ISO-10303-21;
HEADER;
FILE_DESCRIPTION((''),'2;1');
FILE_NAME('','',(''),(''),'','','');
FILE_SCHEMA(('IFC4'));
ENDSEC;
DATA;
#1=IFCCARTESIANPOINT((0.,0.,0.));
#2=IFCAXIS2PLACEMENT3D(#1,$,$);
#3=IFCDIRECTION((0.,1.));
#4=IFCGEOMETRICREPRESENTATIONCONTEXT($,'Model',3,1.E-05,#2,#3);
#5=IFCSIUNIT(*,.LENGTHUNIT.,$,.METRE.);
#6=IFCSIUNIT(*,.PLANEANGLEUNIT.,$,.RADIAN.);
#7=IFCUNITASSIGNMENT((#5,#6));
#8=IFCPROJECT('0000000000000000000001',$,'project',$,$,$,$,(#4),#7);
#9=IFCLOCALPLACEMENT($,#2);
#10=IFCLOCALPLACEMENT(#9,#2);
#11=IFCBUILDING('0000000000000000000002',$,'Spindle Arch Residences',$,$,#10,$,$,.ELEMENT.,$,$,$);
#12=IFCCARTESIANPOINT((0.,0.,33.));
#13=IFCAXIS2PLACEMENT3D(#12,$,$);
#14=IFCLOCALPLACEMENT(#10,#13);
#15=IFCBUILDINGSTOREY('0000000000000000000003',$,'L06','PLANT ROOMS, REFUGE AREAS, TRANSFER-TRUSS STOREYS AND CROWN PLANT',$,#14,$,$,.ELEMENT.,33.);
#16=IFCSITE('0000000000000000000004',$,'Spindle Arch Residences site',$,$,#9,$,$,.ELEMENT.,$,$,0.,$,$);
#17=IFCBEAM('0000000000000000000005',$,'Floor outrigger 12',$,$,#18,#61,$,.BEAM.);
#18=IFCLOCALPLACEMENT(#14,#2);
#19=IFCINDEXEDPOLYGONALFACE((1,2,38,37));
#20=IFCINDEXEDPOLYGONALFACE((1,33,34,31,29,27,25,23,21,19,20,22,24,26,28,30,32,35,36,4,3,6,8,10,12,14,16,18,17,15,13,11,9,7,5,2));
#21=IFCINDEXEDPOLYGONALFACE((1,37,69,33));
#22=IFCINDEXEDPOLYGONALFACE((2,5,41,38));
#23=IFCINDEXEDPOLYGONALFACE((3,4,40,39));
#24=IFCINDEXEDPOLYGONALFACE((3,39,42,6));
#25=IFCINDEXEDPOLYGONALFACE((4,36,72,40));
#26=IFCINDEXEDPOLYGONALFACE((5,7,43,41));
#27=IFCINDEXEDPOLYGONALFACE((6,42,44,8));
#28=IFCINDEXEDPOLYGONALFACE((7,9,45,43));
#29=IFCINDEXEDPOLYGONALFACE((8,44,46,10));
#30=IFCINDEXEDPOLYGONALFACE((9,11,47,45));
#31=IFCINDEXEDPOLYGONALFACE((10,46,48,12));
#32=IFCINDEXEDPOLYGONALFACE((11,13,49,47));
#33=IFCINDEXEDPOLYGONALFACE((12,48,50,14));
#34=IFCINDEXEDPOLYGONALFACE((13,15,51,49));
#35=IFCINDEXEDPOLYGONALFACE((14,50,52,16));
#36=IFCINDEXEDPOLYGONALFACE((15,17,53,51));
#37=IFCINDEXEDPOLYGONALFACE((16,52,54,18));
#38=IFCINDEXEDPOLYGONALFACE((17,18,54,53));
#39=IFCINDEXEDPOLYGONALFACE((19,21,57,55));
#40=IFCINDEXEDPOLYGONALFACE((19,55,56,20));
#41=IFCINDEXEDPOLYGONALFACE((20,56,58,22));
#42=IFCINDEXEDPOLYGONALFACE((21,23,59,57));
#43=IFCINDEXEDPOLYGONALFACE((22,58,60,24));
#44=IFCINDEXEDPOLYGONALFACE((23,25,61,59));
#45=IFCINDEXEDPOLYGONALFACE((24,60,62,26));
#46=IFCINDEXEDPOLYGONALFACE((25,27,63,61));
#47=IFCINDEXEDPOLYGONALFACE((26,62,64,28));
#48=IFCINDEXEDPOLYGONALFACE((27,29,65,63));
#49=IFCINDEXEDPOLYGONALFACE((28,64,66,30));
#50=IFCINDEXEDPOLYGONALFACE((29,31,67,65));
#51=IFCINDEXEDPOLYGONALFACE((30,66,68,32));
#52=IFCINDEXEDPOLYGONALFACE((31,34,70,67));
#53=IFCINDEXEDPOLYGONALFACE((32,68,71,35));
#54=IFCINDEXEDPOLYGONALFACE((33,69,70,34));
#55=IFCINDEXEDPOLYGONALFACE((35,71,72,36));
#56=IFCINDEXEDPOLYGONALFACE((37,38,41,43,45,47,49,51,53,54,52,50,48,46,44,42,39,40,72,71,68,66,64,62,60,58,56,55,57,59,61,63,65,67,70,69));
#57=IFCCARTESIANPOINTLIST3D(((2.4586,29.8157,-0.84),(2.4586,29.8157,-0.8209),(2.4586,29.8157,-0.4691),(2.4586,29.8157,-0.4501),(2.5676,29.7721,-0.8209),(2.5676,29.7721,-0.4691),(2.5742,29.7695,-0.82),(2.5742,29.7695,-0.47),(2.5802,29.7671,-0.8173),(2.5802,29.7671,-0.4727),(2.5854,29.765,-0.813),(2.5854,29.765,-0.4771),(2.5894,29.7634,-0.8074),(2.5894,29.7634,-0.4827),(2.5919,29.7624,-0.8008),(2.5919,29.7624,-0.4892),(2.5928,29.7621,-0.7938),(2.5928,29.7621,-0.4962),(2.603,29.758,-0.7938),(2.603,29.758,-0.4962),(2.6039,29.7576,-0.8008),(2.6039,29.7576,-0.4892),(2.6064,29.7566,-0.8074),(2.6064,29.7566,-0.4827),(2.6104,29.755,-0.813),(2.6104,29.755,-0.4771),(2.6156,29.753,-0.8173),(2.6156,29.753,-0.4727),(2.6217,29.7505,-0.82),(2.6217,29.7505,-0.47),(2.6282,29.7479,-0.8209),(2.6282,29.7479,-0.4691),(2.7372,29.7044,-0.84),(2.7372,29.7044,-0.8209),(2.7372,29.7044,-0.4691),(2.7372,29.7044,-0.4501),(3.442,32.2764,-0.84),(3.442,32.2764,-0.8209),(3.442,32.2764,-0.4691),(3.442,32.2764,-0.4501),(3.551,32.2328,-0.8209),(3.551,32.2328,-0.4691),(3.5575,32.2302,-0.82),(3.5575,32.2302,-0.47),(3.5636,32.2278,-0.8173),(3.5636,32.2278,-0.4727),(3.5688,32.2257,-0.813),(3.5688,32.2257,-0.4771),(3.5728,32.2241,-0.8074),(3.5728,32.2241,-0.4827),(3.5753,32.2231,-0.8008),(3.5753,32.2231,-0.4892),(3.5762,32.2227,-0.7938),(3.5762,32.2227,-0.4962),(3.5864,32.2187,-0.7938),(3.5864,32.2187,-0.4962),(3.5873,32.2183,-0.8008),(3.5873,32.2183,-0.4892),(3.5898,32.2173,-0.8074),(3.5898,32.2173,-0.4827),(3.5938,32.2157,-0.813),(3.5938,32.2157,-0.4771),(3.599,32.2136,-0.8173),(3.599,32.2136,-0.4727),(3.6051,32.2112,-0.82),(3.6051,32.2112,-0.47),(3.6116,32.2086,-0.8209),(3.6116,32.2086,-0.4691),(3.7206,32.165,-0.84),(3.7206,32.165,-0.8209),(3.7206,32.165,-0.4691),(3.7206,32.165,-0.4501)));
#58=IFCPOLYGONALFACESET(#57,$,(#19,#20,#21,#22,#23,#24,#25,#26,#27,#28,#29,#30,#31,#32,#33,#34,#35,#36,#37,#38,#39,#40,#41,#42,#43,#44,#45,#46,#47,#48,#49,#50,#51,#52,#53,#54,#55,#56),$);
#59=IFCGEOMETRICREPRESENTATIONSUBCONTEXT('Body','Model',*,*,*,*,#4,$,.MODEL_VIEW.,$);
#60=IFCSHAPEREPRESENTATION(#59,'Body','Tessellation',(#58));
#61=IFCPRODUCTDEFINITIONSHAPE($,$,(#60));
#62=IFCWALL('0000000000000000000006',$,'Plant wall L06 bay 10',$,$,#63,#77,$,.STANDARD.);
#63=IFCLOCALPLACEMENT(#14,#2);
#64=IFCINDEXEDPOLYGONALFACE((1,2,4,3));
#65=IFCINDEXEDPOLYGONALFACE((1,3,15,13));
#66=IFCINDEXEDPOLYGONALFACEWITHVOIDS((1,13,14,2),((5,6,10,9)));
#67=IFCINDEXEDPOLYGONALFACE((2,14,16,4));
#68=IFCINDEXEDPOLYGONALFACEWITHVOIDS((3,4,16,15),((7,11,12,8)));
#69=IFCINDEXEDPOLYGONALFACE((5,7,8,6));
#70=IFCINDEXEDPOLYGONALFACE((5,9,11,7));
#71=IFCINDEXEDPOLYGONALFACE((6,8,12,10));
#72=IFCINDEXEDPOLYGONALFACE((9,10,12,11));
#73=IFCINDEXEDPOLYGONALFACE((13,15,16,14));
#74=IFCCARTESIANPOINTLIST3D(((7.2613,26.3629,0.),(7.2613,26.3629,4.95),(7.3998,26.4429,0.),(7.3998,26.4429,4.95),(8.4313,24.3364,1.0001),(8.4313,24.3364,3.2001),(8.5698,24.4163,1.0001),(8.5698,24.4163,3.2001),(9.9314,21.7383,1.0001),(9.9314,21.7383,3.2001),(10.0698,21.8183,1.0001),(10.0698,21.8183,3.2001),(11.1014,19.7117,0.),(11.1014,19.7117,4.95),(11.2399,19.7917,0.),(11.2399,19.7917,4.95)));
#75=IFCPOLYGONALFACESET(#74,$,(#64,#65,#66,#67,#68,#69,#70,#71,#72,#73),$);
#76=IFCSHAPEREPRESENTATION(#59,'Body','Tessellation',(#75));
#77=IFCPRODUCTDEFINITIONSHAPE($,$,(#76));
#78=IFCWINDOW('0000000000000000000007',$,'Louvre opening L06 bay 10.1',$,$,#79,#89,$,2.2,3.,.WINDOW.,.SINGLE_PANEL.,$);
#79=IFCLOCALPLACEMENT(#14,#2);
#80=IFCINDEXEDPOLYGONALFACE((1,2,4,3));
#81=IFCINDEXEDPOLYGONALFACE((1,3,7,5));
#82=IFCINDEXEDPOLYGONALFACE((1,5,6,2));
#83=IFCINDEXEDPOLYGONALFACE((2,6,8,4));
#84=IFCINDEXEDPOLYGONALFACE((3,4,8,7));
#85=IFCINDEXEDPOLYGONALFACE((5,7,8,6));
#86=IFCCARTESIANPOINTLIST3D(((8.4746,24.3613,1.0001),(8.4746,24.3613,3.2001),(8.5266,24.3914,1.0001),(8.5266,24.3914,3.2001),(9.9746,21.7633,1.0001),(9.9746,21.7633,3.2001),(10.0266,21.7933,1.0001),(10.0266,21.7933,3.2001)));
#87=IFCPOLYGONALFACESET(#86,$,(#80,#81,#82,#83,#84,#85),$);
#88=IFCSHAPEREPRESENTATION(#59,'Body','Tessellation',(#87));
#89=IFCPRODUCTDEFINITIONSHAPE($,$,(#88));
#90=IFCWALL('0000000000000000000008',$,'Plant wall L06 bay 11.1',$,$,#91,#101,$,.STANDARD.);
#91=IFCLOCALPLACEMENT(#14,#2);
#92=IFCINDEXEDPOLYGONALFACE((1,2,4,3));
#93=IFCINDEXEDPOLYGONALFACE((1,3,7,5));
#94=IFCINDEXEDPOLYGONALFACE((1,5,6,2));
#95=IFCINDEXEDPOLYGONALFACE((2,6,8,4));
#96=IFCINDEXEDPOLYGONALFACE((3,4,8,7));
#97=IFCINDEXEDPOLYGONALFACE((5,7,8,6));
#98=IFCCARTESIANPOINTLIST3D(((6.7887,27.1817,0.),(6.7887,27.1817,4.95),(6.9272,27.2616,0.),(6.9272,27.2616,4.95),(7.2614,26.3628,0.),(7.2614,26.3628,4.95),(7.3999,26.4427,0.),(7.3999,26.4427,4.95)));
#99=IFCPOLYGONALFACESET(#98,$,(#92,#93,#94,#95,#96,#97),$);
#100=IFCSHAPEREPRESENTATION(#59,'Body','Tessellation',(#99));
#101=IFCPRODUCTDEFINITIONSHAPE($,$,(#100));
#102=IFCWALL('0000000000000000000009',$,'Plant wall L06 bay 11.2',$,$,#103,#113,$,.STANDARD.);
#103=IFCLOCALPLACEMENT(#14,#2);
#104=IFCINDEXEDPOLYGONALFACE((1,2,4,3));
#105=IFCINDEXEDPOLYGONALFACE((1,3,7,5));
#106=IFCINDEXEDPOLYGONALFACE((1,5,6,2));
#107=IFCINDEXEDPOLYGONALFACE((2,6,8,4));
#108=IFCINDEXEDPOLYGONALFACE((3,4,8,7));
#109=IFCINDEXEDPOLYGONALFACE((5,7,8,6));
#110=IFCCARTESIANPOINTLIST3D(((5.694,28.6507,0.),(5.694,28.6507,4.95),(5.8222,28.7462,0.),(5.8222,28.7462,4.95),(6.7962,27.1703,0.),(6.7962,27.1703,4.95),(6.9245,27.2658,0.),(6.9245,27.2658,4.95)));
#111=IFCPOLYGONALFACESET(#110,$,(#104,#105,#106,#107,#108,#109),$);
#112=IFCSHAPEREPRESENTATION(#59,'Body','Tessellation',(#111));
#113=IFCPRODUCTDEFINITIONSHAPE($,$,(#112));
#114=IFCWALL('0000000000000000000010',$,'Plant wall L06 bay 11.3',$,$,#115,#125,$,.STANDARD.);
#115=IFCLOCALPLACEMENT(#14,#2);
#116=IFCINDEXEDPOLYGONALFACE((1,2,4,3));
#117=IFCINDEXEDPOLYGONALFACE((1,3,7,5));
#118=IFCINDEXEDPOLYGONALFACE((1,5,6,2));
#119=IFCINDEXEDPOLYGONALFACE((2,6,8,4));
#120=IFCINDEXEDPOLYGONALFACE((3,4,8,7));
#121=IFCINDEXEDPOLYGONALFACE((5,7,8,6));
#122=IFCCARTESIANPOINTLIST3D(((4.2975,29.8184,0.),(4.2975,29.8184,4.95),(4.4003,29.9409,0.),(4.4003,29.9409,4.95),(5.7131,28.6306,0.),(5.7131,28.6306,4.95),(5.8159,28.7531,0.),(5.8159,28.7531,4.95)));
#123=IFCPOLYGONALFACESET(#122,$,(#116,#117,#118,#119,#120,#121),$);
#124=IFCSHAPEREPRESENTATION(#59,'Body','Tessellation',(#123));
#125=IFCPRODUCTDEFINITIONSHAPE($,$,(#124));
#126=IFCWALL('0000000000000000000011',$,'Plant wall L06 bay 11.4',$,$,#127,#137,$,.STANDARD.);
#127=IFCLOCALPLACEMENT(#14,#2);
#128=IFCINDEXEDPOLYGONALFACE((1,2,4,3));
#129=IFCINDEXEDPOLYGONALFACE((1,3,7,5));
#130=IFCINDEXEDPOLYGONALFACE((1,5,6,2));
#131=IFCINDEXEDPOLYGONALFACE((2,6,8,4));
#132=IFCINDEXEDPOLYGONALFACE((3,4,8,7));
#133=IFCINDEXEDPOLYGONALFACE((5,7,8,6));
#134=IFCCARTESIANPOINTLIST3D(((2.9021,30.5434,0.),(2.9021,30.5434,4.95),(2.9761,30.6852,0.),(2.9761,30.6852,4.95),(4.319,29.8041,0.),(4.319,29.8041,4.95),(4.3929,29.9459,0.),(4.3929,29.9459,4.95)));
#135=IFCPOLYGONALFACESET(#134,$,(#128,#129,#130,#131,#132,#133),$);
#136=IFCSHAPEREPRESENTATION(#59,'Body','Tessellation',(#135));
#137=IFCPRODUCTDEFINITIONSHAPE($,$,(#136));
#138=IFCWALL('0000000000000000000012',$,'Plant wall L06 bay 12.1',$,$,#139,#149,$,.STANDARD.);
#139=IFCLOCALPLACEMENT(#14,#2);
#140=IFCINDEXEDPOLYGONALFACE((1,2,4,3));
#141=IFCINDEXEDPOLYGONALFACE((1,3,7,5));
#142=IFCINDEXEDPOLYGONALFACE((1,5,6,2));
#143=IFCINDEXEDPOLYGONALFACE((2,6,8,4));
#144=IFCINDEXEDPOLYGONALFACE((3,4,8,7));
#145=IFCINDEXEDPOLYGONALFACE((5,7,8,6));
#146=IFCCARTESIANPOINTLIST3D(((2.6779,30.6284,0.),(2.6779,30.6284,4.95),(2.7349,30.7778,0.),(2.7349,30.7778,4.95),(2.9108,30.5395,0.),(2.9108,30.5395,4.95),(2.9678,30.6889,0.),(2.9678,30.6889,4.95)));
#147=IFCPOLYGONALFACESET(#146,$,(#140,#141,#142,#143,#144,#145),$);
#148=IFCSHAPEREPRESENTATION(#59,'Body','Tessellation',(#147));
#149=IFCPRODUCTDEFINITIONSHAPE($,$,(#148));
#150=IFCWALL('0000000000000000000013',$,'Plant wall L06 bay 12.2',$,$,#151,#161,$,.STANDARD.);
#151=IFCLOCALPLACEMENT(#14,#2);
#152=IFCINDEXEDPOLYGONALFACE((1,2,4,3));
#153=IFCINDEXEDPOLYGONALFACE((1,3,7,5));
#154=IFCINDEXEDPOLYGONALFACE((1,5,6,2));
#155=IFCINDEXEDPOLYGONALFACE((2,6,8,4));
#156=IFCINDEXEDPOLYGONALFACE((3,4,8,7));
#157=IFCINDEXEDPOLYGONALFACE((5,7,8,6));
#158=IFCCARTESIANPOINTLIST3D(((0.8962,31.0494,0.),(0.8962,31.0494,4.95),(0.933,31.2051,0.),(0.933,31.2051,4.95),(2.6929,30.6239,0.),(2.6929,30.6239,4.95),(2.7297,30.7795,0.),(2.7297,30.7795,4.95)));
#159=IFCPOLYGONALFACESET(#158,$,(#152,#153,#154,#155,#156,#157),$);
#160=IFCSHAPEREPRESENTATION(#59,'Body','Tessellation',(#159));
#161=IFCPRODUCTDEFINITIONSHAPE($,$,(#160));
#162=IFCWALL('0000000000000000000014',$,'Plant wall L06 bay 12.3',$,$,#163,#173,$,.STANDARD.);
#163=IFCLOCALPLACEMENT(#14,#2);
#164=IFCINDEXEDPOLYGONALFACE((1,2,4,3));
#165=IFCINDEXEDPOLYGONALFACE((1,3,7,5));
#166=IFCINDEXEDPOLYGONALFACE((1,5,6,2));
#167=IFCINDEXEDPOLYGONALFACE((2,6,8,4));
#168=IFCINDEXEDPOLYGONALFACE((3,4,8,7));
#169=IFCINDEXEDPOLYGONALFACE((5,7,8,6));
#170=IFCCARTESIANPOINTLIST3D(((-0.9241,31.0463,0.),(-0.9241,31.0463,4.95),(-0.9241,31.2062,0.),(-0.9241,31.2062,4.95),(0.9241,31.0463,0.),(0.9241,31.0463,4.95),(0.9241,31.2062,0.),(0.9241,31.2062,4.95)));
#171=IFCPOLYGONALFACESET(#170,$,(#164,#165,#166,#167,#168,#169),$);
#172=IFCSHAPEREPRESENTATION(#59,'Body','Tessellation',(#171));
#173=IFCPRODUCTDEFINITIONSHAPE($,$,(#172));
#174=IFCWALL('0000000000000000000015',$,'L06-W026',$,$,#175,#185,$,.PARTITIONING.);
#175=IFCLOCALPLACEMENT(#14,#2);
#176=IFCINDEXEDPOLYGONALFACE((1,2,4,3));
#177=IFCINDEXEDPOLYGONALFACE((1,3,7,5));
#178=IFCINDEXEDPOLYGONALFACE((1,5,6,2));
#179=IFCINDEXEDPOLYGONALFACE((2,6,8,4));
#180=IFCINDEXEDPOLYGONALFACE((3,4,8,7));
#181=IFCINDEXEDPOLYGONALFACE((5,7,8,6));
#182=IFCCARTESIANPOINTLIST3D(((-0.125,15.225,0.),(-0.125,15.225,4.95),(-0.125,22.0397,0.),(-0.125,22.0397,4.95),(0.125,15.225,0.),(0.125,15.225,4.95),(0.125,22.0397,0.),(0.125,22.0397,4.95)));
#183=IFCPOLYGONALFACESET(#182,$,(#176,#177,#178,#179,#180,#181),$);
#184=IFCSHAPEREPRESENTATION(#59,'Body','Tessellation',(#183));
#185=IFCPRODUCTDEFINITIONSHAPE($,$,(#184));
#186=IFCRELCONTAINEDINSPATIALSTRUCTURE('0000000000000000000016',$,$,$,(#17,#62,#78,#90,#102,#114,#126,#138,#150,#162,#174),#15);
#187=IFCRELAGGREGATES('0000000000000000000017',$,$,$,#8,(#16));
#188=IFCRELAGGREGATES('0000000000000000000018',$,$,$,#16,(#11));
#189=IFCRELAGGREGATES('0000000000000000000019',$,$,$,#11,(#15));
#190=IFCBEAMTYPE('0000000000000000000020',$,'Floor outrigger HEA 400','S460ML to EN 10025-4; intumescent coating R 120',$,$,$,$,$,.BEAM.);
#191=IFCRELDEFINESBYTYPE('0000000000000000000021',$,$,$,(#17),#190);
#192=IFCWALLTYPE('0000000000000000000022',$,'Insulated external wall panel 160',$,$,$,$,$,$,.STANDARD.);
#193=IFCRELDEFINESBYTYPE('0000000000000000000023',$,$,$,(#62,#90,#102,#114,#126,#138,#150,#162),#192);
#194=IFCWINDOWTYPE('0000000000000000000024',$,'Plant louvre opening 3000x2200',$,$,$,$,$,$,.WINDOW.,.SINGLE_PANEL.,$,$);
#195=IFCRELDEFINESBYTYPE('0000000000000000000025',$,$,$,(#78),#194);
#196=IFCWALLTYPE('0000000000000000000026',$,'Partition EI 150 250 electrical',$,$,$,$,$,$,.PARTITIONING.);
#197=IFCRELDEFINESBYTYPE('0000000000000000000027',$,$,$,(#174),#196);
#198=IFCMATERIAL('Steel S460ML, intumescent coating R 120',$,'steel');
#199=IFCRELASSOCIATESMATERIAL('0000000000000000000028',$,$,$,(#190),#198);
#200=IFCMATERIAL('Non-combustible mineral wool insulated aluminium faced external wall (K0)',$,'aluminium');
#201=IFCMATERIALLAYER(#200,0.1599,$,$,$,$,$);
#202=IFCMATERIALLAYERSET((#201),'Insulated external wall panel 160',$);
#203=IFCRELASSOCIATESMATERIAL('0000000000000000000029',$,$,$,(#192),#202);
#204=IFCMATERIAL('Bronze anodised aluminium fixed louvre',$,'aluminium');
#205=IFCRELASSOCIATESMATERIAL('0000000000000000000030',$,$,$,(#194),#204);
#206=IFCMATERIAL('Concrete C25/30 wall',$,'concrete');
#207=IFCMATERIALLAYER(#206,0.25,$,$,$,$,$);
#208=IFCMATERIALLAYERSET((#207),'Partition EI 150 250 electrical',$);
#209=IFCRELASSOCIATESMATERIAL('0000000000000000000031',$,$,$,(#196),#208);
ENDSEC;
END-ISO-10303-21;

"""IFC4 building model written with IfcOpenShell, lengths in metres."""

from ifc_helpers import new_model, si_unit, direction, frame, frame_2d, origin, origin_2d, place, context, subcontext, project, spatial, rectangle, i_section, extrude, material, layer, layer_set, material_profile, profile_set, type_object, element, fill, save


model = new_model("IFC4")

# Units and contexts
model_context = context("Model", 3, precision=1e-05, world=origin(), true_north=direction((0.0, 1.0)))
body_context = subcontext(model_context, "Body", "Model", "MODEL_VIEW")
ifc_project = project(units=[si_unit("LENGTHUNIT", "METRE"), si_unit("PLANEANGLEUNIT", "RADIAN")], contexts=[model_context])

# Site, building, storey
site_placement = place(None, origin())
site = spatial("IfcSite", under=ifc_project, at=site_placement, Name="Spindle Arch Residences site", CompositionType="ELEMENT", RefElevation=0.0)
building_placement = place(site_placement, origin())
building = spatial("IfcBuilding", under=site, at=building_placement, Name="Spindle Arch Residences", CompositionType="ELEMENT")
storey_placement = place(building_placement, frame((0.0, 0.0, 33.0)))
storey = spatial("IfcBuildingStorey", under=building, at=storey_placement, Name="L06", Description="PLANT ROOMS, REFUGE AREAS, TRANSFER-TRUSS STOREYS AND CROWN PLANT", CompositionType="ELEMENT", Elevation=33.0)

# Beam
ifc_material_1 = material(Name="Steel S460ML, intumescent coating R 120", Category="steel")
ifc_material_profile_1 = material_profile(ifc_material_1, i_section(OverallWidth=0.3, OverallDepth=0.3899, WebThickness=0.011, FlangeThickness=0.019, FilletRadius=0.0271, at=origin_2d()), Name="HEA 400")
ifc_profile_set_1 = profile_set([ifc_material_profile_1], Name="Steel S460ML, intumescent coating R 120")
beam_type_1 = type_object("IfcBeamType", Name="Floor outrigger HEA 400", Description="S460ML to EN 10025-4; intumescent coating R 120", PredefinedType="BEAM", material=ifc_profile_set_1)
beam_1_placement = place(storey_placement, frame((3.5813, 32.2207, -0.645), z_axis=(-0.371105, -0.928591, 0.0), x_axis=(0.928591, -0.371105, 0.0)))
element("IfcBeam", 1, at=beam_1_placement, inside=storey, type_object=beam_type_1, Name="Floor outrigger 12", PredefinedType="BEAM", context=body_context, shape_type="SweptSolid", body=[
    extrude(i_section(OverallWidth=0.3, OverallDepth=0.3899, WebThickness=0.011, FlangeThickness=0.019, FilletRadius=0.0271, at=origin_2d()), origin(), (0.0, 0.0, 1.0), 2.6499),
])

# Wall, opening, window
ifc_material_2 = material(Name="Non-combustible mineral wool insulated aluminium faced external wall (K0)", Category="aluminium")
ifc_layer_1 = layer(ifc_material_2, 0.1599)
ifc_layer_set_1 = layer_set([ifc_layer_1], Name="Insulated external wall panel 160")
wall_type_1 = type_object("IfcWallType", Name="Insulated external wall panel 160", PredefinedType="STANDARD", material=ifc_layer_set_1)
wall_1_placement = place(storey_placement, frame((11.1707, 19.7517, 0.0), z_axis=(0.0, 0.0, 1.0), x_axis=(-0.500006, 0.866022, 0.0)))
wall_1 = element("IfcWall", 2, at=wall_1_placement, inside=storey, type_object=wall_type_1, Name="Plant wall L06 bay 10", PredefinedType="STANDARD", context=body_context, shape_type="SweptSolid", body=[
    extrude(rectangle(XDim=7.6802, YDim=0.1599, at=frame_2d((3.8401, 0.0))), origin(), (0.0, 0.0, 1.0), 4.95),
])
opening_placement = place(wall_1_placement, frame((2.3401, 0.0, 1.0)))
opening = element("IfcOpeningElement", 3, at=opening_placement, cuts=wall_1, PredefinedType="OPENING", context=body_context, shape_type="SweptSolid", body=[
    extrude(rectangle(XDim=3.0, YDim=2.2, at=frame_2d((1.5, 1.1001))), frame((0.0, 0.0898, 0.0), z_axis=(0.0, -1.0, 0.0), x_axis=(1.0, 0.0, 0.0)), (0.0, 0.0, 1.0), 0.1799),
])
ifc_material_3 = material(Name="Bronze anodised aluminium fixed louvre", Category="aluminium")
window_type = type_object("IfcWindowType", Name="Plant louvre opening 3000x2200", PartitioningType="SINGLE_PANEL", PredefinedType="WINDOW", material=ifc_material_3)
window_placement = place(opening_placement, origin())
window = element("IfcWindow", 4, at=window_placement, inside=storey, type_object=window_type, Name="Louvre opening L06 bay 10.1", OverallHeight=2.2, OverallWidth=3.0, PartitioningType="SINGLE_PANEL", PredefinedType="WINDOW", context=body_context, shape_type="SweptSolid", body=[
    extrude(rectangle(XDim=3.0, YDim=2.2, at=frame_2d((1.5, 1.1001))), frame((0.0, 0.03, 0.0), z_axis=(0.0, -1.0, 0.0), x_axis=(1.0, 0.0, 0.0)), (0.0, 0.0, 1.0), 0.0601),
])
fill(opening, window)

# Walls
wall_2_placement = place(storey_placement, frame((7.3306, 26.4028, 0.0), z_axis=(0.0, 0.0, 1.0), x_axis=(-0.499916, 0.866074, 0.0)))
element("IfcWall", 5, at=wall_2_placement, inside=storey, type_object=wall_type_1, Name="Plant wall L06 bay 11.1", PredefinedType="STANDARD", context=body_context, shape_type="SweptSolid", body=[
    extrude(rectangle(XDim=0.9456, YDim=0.1599, at=frame_2d((0.4727, 0.0))), origin(), (0.0, 0.0, 1.0), 4.95),
])
wall_3_placement = place(storey_placement, frame((6.8604, 27.218, 0.0), z_axis=(0.0, 0.0, 1.0), x_axis=(-0.597203, 0.80209, 0.0)))
element("IfcWall", 6, at=wall_3_placement, inside=storey, type_object=wall_type_1, Name="Plant wall L06 bay 11.2", PredefinedType="STANDARD", context=body_context, shape_type="SweptSolid", body=[
    extrude(rectangle(XDim=1.8457, YDim=0.1599, at=frame_2d((0.9229, 0.0))), origin(), (0.0, 0.0, 1.0), 4.95),
])
wall_4_placement = place(storey_placement, frame((5.7644, 28.6919, 0.0), z_axis=(0.0, 0.0, 1.0), x_axis=(-0.766051, 0.64278, 0.0)))
element("IfcWall", 7, at=wall_4_placement, inside=storey, type_object=wall_type_1, Name="Plant wall L06 bay 11.3", PredefinedType="STANDARD", context=body_context, shape_type="SweptSolid", body=[
    extrude(rectangle(XDim=1.8479, YDim=0.1599, at=frame_2d((0.9238, 0.0))), origin(), (0.0, 0.0, 1.0), 4.95),
])
wall_5_placement = place(storey_placement, frame((4.356, 29.875, 0.0), z_axis=(0.0, 0.0, 1.0), x_axis=(-0.886563, 0.462608, 0.0)))
element("IfcWall", 8, at=wall_5_placement, inside=storey, type_object=wall_type_1, Name="Plant wall L06 bay 11.4", PredefinedType="STANDARD", context=body_context, shape_type="SweptSolid", body=[
    extrude(rectangle(XDim=1.5981, YDim=0.1599, at=frame_2d((0.7991, 0.0))), origin(), (0.0, 0.0, 1.0), 4.95),
])
wall_6_placement = place(storey_placement, frame((2.9392, 30.6143, 0.0), z_axis=(0.0, 0.0, 1.0), x_axis=(-0.934301, 0.356484, 0.0)))
element("IfcWall", 9, at=wall_6_placement, inside=storey, type_object=wall_type_1, Name="Plant wall L06 bay 12.1", PredefinedType="STANDARD", context=body_context, shape_type="SweptSolid", body=[
    extrude(rectangle(XDim=0.2493, YDim=0.1599, at=frame_2d((0.1245, 0.0))), origin(), (0.0, 0.0, 1.0), 4.95),
])
wall_7_placement = place(storey_placement, frame((2.7114, 30.7017, 0.0), z_axis=(0.0, 0.0, 1.0), x_axis=(-0.973078, 0.230476, 0.0)))
element("IfcWall", 10, at=wall_7_placement, inside=storey, type_object=wall_type_1, Name="Plant wall L06 bay 12.2", PredefinedType="STANDARD", context=body_context, shape_type="SweptSolid", body=[
    extrude(rectangle(XDim=1.8464, YDim=0.1599, at=frame_2d((0.9233, 0.0))), origin(), (0.0, 0.0, 1.0), 4.95),
])
wall_8_placement = place(storey_placement, frame((0.9241, 31.1262, 0.0), z_axis=(0.0, 0.0, 1.0), x_axis=(-1.0, 0.0, 0.0)))
element("IfcWall", 11, at=wall_8_placement, inside=storey, type_object=wall_type_1, Name="Plant wall L06 bay 12.3", PredefinedType="STANDARD", context=body_context, shape_type="SweptSolid", body=[
    extrude(rectangle(XDim=1.8481, YDim=0.1599, at=frame_2d((0.9241, 0.0))), origin(), (0.0, 0.0, 1.0), 4.95),
])
ifc_material_4 = material(Name="Concrete C25/30 wall", Category="concrete")
ifc_layer_2 = layer(ifc_material_4, 0.25)
ifc_layer_set_2 = layer_set([ifc_layer_2], Name="Partition EI 150 250 electrical")
wall_type_2 = type_object("IfcWallType", Name="Partition EI 150 250 electrical", PredefinedType="PARTITIONING", material=ifc_layer_set_2)
wall_9_placement = place(storey_placement, frame((0.0, 15.2251, 0.0), z_axis=(0.0, 0.0, 1.0), x_axis=(0.0, 1.0, 0.0)))
element("IfcWall", 12, at=wall_9_placement, inside=storey, type_object=wall_type_2, Name="L06-W026", PredefinedType="PARTITIONING", context=body_context, shape_type="SweptSolid", body=[
    extrude(rectangle(XDim=6.8147, YDim=0.25, at=frame_2d((3.4072, 0.0))), origin(), (0.0, 0.0, 1.0), 4.95),
])

save(model, "model.ifc")
